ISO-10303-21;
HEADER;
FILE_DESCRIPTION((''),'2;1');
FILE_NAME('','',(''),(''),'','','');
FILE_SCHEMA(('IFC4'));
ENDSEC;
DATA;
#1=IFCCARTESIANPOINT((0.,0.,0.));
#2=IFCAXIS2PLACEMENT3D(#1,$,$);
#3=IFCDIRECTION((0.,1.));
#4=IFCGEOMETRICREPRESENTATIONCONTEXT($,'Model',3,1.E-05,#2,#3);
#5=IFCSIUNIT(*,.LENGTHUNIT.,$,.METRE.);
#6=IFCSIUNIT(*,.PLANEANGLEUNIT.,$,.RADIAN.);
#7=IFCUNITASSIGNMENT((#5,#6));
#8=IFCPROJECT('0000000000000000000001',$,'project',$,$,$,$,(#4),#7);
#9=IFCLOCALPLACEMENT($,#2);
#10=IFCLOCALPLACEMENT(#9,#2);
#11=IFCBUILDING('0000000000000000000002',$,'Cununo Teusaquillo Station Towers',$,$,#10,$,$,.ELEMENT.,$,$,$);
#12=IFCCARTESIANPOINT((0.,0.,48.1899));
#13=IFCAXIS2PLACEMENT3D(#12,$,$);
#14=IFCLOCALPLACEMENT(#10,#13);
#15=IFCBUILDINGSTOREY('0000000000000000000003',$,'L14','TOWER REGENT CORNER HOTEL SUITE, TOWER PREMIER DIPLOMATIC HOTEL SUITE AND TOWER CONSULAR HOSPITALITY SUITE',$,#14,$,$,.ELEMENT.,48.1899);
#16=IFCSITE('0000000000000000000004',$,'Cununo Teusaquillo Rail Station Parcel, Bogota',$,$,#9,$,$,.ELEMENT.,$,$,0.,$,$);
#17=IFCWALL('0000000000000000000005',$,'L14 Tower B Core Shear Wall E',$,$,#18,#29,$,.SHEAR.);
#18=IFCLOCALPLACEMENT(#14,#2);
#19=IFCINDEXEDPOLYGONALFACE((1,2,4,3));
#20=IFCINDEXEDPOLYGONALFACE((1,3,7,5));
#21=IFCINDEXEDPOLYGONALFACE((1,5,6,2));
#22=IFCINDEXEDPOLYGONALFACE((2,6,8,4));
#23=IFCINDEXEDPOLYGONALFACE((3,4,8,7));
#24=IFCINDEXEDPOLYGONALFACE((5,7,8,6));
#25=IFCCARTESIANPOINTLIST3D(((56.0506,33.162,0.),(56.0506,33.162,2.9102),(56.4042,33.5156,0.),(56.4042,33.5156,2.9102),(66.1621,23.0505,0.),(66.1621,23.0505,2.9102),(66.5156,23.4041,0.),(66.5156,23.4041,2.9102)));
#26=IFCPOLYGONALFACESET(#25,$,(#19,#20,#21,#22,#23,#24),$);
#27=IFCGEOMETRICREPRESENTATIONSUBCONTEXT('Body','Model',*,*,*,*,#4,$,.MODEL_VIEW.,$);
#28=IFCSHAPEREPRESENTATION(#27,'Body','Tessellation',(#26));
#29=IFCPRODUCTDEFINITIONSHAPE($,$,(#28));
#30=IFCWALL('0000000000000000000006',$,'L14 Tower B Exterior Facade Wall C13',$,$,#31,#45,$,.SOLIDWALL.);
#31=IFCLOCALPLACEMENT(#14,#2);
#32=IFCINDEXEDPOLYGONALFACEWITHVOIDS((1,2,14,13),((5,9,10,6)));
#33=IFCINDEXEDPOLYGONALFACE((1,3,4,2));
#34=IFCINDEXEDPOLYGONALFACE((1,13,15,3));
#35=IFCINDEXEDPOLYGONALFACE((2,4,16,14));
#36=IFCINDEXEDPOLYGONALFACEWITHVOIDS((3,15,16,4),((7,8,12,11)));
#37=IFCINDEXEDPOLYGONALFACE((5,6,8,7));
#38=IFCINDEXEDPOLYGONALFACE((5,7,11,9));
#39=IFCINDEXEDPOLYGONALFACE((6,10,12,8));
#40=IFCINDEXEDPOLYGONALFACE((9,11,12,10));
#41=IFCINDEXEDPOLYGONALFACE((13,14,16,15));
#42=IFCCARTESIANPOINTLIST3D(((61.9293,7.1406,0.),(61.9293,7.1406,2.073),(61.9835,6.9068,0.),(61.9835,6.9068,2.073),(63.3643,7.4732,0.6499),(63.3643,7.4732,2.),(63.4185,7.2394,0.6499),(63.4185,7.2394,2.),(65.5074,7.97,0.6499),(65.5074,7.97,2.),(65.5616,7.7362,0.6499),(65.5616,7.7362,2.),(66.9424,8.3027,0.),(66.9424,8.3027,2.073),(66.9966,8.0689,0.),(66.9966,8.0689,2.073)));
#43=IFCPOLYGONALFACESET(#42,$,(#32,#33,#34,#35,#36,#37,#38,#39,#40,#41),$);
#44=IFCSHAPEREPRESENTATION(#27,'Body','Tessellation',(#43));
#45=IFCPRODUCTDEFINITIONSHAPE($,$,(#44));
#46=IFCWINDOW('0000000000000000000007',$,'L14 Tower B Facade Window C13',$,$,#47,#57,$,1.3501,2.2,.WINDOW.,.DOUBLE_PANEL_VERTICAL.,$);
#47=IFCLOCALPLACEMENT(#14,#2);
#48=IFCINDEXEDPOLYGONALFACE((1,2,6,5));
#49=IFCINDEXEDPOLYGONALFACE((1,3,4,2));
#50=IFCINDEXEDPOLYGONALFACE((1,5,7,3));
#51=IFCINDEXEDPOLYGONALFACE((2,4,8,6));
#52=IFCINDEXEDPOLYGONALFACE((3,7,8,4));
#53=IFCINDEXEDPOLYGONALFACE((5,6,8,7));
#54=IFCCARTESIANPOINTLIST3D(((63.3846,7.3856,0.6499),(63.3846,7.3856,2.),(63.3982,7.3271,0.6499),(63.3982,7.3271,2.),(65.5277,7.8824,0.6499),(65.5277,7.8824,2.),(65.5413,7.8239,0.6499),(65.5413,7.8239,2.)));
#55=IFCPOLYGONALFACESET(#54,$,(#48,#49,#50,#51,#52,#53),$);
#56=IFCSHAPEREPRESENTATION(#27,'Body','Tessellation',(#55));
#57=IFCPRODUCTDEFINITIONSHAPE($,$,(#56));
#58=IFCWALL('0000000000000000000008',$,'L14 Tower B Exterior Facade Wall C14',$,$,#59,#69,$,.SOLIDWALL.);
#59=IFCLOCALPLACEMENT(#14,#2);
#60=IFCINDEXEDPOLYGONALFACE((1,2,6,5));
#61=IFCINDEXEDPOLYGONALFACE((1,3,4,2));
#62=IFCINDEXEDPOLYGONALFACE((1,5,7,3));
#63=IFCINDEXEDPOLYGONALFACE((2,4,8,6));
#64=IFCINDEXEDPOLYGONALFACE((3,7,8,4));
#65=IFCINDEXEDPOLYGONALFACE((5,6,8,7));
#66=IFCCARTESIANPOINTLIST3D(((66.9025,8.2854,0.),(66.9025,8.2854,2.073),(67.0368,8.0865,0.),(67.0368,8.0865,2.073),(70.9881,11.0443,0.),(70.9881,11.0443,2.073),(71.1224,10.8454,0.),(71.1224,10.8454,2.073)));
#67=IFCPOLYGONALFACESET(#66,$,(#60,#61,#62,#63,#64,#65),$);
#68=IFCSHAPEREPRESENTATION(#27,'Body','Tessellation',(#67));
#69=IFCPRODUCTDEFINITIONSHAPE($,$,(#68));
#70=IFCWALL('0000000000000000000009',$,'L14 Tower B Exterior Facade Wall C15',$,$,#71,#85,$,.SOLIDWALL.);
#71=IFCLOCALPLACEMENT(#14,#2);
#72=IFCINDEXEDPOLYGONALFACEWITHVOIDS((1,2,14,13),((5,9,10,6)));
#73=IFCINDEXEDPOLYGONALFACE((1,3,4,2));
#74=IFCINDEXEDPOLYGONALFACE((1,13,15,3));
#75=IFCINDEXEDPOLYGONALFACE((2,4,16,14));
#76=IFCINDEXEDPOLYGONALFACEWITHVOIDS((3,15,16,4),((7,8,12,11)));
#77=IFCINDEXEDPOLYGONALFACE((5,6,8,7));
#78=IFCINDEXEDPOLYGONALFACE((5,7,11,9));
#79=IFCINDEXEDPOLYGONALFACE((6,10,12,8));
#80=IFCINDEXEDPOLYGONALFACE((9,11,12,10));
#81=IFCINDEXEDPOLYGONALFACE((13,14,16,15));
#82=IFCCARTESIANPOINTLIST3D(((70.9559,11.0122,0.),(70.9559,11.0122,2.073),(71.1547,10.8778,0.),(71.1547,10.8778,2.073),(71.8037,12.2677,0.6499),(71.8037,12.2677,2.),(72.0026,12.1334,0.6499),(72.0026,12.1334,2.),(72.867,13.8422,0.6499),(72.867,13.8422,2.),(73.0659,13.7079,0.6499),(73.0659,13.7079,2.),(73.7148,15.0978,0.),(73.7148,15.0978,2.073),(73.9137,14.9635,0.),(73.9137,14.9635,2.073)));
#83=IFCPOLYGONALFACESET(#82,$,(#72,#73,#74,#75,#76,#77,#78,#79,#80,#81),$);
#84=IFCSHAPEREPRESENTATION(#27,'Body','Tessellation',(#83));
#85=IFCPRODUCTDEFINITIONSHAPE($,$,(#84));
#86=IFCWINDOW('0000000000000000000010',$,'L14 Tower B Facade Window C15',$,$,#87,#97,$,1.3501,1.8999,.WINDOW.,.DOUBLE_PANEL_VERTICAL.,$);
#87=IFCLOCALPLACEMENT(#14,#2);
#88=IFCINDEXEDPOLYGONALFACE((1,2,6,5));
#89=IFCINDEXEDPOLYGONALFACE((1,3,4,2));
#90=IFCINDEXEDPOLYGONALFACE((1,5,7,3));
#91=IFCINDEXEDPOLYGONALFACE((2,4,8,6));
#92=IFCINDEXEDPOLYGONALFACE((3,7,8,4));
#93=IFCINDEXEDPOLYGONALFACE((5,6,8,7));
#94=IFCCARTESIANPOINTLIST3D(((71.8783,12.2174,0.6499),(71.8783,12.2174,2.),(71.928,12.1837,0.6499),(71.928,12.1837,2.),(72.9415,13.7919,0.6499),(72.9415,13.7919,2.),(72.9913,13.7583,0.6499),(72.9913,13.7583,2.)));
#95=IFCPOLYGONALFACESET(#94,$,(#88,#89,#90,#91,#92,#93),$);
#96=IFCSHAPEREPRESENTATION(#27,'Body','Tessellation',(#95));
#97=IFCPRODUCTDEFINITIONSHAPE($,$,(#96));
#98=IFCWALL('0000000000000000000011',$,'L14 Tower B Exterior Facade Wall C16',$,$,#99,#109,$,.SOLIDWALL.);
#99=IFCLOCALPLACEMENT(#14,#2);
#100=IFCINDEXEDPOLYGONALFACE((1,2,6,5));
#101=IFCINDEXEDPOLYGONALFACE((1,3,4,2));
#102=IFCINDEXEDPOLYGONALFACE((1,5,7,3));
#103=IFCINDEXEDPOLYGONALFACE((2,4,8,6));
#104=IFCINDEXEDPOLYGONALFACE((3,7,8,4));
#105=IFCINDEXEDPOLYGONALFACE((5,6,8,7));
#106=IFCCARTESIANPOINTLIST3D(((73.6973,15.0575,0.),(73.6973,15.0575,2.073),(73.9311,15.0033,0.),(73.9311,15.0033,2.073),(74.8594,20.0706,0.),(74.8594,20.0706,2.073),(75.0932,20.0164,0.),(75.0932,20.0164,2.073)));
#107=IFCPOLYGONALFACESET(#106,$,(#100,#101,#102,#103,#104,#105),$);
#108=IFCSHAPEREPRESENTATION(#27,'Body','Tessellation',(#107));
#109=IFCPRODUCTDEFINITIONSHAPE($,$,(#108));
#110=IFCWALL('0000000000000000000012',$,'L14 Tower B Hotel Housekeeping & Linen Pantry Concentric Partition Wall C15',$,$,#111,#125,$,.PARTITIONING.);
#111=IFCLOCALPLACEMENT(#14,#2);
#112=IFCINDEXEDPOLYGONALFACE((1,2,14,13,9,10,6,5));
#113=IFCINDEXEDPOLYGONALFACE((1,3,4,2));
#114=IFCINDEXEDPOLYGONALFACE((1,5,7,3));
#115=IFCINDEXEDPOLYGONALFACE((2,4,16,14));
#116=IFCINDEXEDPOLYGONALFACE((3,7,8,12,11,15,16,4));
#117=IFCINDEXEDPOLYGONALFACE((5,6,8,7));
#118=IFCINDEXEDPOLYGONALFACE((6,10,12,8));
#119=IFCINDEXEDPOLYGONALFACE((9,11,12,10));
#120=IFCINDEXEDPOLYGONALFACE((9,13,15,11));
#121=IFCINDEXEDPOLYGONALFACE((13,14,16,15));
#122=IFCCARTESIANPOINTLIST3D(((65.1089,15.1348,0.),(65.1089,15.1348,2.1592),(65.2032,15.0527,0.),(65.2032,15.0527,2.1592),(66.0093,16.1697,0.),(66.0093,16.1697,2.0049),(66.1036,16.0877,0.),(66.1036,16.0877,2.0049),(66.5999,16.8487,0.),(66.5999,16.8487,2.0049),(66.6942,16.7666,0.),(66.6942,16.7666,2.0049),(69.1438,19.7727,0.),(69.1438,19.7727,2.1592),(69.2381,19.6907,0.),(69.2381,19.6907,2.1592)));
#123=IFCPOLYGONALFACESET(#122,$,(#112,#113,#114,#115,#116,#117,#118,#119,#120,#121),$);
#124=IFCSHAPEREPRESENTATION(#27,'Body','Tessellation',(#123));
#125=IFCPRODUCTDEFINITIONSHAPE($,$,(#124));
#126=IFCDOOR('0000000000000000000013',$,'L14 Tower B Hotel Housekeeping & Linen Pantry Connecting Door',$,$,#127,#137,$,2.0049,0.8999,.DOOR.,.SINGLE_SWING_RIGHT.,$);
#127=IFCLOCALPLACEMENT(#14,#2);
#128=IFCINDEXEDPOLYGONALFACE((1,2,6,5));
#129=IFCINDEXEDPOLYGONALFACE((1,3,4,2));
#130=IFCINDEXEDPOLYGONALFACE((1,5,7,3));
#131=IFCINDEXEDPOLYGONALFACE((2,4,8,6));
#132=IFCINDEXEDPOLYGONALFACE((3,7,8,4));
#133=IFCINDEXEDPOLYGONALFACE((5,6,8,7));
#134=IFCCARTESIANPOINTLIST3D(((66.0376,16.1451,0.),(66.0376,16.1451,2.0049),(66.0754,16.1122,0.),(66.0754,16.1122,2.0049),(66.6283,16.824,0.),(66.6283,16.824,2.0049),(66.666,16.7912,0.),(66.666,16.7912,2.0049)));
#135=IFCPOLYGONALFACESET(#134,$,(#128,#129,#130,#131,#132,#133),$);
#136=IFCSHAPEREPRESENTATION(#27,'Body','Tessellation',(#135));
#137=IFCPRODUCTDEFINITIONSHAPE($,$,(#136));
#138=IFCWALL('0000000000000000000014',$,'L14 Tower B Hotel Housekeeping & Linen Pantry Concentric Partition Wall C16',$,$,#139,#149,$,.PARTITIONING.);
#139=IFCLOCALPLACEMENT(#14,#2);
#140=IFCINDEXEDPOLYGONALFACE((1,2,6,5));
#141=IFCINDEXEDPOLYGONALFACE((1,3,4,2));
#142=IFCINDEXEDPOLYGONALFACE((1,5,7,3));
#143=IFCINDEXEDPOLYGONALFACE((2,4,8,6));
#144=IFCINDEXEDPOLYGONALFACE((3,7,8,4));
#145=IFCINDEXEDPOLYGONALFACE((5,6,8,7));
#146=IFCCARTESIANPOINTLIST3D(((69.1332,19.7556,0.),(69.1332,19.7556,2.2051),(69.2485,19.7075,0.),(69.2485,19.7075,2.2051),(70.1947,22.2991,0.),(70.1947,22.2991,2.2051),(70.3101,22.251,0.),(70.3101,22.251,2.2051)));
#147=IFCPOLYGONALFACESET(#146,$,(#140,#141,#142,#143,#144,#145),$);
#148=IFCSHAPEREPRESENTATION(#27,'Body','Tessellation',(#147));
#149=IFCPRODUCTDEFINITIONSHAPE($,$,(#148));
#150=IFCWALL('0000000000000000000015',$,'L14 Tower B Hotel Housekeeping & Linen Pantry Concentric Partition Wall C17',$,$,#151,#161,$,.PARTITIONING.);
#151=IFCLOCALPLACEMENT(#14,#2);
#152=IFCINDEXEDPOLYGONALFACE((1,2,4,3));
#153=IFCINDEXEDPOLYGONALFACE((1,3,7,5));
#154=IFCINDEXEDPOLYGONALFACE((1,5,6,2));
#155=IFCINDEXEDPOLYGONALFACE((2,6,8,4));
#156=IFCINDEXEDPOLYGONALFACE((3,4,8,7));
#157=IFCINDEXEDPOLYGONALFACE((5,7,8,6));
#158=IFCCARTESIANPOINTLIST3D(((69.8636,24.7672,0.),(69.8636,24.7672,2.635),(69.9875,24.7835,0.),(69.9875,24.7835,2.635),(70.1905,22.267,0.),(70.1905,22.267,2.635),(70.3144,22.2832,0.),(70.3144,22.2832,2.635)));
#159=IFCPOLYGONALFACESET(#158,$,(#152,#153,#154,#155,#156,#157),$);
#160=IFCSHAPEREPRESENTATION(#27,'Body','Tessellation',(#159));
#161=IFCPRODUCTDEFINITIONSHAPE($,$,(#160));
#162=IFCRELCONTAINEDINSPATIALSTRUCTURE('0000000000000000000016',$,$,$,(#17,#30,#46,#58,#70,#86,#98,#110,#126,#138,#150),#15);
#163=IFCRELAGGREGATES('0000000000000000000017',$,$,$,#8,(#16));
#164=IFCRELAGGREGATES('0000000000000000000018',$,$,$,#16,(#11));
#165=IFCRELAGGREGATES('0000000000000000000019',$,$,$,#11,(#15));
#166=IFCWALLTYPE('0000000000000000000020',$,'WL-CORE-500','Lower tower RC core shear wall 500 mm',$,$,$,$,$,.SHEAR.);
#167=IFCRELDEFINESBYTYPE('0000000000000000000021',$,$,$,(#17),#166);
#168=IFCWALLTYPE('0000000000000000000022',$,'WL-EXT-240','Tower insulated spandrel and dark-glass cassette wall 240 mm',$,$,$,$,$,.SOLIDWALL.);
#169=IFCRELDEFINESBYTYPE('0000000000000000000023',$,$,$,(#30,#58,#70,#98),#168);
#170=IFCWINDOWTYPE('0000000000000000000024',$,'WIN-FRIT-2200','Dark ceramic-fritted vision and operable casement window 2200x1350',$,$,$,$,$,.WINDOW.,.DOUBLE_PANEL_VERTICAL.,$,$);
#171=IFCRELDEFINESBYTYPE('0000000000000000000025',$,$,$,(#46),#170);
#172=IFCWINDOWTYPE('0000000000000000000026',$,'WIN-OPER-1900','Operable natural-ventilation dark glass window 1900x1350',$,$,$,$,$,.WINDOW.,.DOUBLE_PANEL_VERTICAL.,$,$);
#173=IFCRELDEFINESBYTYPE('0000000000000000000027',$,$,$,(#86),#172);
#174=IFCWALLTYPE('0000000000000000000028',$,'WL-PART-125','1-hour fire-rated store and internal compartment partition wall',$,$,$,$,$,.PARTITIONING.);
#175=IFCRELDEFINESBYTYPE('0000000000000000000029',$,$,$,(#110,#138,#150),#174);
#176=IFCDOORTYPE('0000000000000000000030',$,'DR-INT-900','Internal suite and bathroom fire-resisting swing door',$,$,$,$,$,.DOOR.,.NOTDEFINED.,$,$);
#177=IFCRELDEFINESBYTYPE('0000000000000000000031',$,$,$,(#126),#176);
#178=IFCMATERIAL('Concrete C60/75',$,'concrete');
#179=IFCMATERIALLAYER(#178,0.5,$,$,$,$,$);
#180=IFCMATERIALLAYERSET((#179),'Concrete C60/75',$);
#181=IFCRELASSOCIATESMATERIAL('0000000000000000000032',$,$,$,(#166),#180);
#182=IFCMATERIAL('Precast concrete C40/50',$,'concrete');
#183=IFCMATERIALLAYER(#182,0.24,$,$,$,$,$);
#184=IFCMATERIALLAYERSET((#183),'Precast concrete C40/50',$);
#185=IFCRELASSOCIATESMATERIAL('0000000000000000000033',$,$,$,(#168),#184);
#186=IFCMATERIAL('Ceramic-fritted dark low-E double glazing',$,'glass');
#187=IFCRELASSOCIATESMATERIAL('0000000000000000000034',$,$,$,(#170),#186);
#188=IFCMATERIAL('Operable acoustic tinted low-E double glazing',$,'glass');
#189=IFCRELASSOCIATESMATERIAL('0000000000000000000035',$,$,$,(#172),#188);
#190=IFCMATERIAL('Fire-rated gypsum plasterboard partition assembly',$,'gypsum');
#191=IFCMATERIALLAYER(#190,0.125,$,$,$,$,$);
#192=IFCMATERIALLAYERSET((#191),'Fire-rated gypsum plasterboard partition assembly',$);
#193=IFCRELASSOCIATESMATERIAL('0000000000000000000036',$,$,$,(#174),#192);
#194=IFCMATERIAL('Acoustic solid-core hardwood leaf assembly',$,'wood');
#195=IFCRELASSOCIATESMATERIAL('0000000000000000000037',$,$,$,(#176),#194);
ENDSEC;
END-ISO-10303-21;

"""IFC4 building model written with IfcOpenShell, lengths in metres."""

from ifc_helpers import new_model, si_unit, direction, frame, frame_2d, origin, place, context, subcontext, project, spatial, rectangle, extrude, source, transform, mapped, material, layer, layer_set, type_object, element, fill, save


model = new_model("IFC4")

# Units and contexts
model_context = context("Model", 3, precision=1e-05, world=origin(), true_north=direction((0.0, 1.0)))
body_context = subcontext(model_context, "Body", "Model", "MODEL_VIEW")
ifc_project = project(units=[si_unit("LENGTHUNIT", "METRE"), si_unit("PLANEANGLEUNIT", "RADIAN")], contexts=[model_context])

# Site, building, storey
site_placement = place(None, origin())
site = spatial("IfcSite", under=ifc_project, at=site_placement, Name="Cununo Teusaquillo Rail Station Parcel, Bogota", CompositionType="ELEMENT", RefElevation=0.0)
building_placement = place(site_placement, origin())
building = spatial("IfcBuilding", under=site, at=building_placement, Name="Cununo Teusaquillo Station Towers", CompositionType="ELEMENT")
storey_placement = place(building_placement, frame((0.0, 0.0, 48.1899)))
storey = spatial("IfcBuildingStorey", under=building, at=storey_placement, Name="L14", Description="TOWER REGENT CORNER HOTEL SUITE, TOWER PREMIER DIPLOMATIC HOTEL SUITE AND TOWER CONSULAR HOSPITALITY SUITE", CompositionType="ELEMENT", Elevation=48.1899)

# Wall
ifc_material_1 = material(Name="Concrete C60/75", Category="concrete")
ifc_layer_1 = layer(ifc_material_1, 0.5)
ifc_layer_set_1 = layer_set([ifc_layer_1], Name="Concrete C60/75")
wall_type_1 = type_object("IfcWallType", Name="WL-CORE-500", Description="Lower tower RC core shear wall 500 mm", PredefinedType="SHEAR", material=ifc_layer_set_1)
wall_1_placement = place(storey_placement, frame((66.3389, 23.2273, 0.0), z_axis=(0.0, 0.0, 1.0), x_axis=(-0.707107, 0.707107, 0.0)))
element("IfcWall", 1, at=wall_1_placement, inside=storey, type_object=wall_type_1, Name="L14 Tower B Core Shear Wall E", PredefinedType="SHEAR", context=body_context, shape_type="SweptSolid", body=[
    extrude(rectangle(XDim=14.2998, YDim=0.5, at=frame_2d((7.1499, 0.0))), origin(), (0.0, 0.0, 1.0), 2.9102),
])

# Wall, opening, window
ifc_material_2 = material(Name="Precast concrete C40/50", Category="concrete")
ifc_layer_2 = layer(ifc_material_2, 0.24)
ifc_layer_set_2 = layer_set([ifc_layer_2], Name="Precast concrete C40/50")
wall_type_2 = type_object("IfcWallType", Name="WL-EXT-240", Description="Tower insulated spandrel and dark-glass cassette wall 240 mm", PredefinedType="SOLIDWALL", material=ifc_layer_set_2)
wall_2_placement = place(storey_placement, frame((66.9695, 8.1858, 0.0), z_axis=(0.0, 0.0, 1.0), x_axis=(-0.974166, -0.225833, 0.0)))
wall_2 = element("IfcWall", 2, at=wall_2_placement, inside=storey, type_object=wall_type_2, Name="L14 Tower B Exterior Facade Wall C13", PredefinedType="SOLIDWALL", context=body_context, shape_type="SweptSolid", body=[
    extrude(rectangle(XDim=5.146, YDim=0.24, at=frame_2d((2.573, 0.0))), origin(), (0.0, 0.0, 1.0), 2.073),
])
shared_shape_1 = source(origin(), body_context, "Body", "SweptSolid", [
    extrude(rectangle(XDim=2.2, YDim=1.3501, at=frame_2d((1.1001, 0.675))), frame((0.0, 0.1299, 0.0), z_axis=(0.0, -1.0, 0.0), x_axis=(1.0, 0.0, 0.0)), (0.0, 0.0, 1.0), 0.26),
])
opening_1_placement = place(wall_2_placement, frame((1.4729, 0.0, 0.6499)))
opening_1 = element("IfcOpeningElement", 3, at=opening_1_placement, cuts=wall_2, PredefinedType="OPENING", context=body_context, shape_type="MappedRepresentation", body=[
    mapped(shared_shape_1, transform((0.0, 0.0, 0.0), x_axis=(1.0, 0.0, 0.0), y_axis=(0.0, 1.0, 0.0), z_axis=(0.0, 0.0, 1.0), scale=1.0)),
])
ifc_material_3 = material(Name="Ceramic-fritted dark low-E double glazing", Category="glass")
window_type_1 = type_object("IfcWindowType", Name="WIN-FRIT-2200", Description="Dark ceramic-fritted vision and operable casement window 2200x1350", PartitioningType="DOUBLE_PANEL_VERTICAL", PredefinedType="WINDOW", material=ifc_material_3)
shared_shape_2 = source(origin(), body_context, "Body", "SweptSolid", [
    extrude(rectangle(XDim=2.2, YDim=1.3501, at=frame_2d((1.1001, 0.675))), frame((0.0, 0.03, 0.0), z_axis=(0.0, -1.0, 0.0), x_axis=(1.0, 0.0, 0.0)), (0.0, 0.0, 1.0), 0.0601),
])
window_1_placement = place(opening_1_placement, origin())
window_1 = element("IfcWindow", 4, at=window_1_placement, inside=storey, type_object=window_type_1, Name="L14 Tower B Facade Window C13", OverallHeight=1.3501, OverallWidth=2.2, PartitioningType="DOUBLE_PANEL_VERTICAL", PredefinedType="WINDOW", context=body_context, shape_type="MappedRepresentation", body=[
    mapped(shared_shape_2, transform((0.0, 0.0, 0.0), x_axis=(1.0, 0.0, 0.0), y_axis=(0.0, 1.0, 0.0), z_axis=(0.0, 0.0, 1.0), scale=1.0)),
])
fill(opening_1, window_1)

# Wall
wall_3_placement = place(storey_placement, frame((71.0552, 10.9448, 0.0), z_axis=(0.0, 0.0, 1.0), x_axis=(-0.828737, -0.559639, 0.0)))
element("IfcWall", 5, at=wall_3_placement, inside=storey, type_object=wall_type_2, Name="L14 Tower B Exterior Facade Wall C14", PredefinedType="SOLIDWALL", context=body_context, shape_type="SweptSolid", body=[
    extrude(rectangle(XDim=4.9299, YDim=0.24, at=frame_2d((2.4648, 0.0))), origin(), (0.0, 0.0, 1.0), 2.073),
])

# Wall, opening, window
wall_4_placement = place(storey_placement, frame((73.8142, 15.0305, 0.0), z_axis=(0.0, 0.0, 1.0), x_axis=(-0.559639, -0.828737, 0.0)))
wall_4 = element("IfcWall", 6, at=wall_4_placement, inside=storey, type_object=wall_type_2, Name="L14 Tower B Exterior Facade Wall C15", PredefinedType="SOLIDWALL", context=body_context, shape_type="SweptSolid", body=[
    extrude(rectangle(XDim=4.9299, YDim=0.24, at=frame_2d((2.4648, 0.0))), origin(), (0.0, 0.0, 1.0), 2.073),
])
shared_shape_3 = source(origin(), body_context, "Body", "SweptSolid", [
    extrude(rectangle(XDim=1.8999, YDim=1.3501, at=frame_2d((0.95, 0.675))), frame((0.0, 0.1299, 0.0), z_axis=(0.0, -1.0, 0.0), x_axis=(1.0, 0.0, 0.0)), (0.0, 0.0, 1.0), 0.26),
])
opening_2_placement = place(wall_4_placement, frame((1.5149, 0.0, 0.6499)))
opening_2 = element("IfcOpeningElement", 7, at=opening_2_placement, cuts=wall_4, PredefinedType="OPENING", context=body_context, shape_type="MappedRepresentation", body=[
    mapped(shared_shape_3, transform((0.0, 0.0, 0.0), x_axis=(1.0, 0.0, 0.0), y_axis=(0.0, 1.0, 0.0), z_axis=(0.0, 0.0, 1.0), scale=1.0)),
])
ifc_material_4 = material(Name="Operable acoustic tinted low-E double glazing", Category="glass")
window_type_2 = type_object("IfcWindowType", Name="WIN-OPER-1900", Description="Operable natural-ventilation dark glass window 1900x1350", PartitioningType="DOUBLE_PANEL_VERTICAL", PredefinedType="WINDOW", material=ifc_material_4)
shared_shape_4 = source(origin(), body_context, "Body", "SweptSolid", [
    extrude(rectangle(XDim=1.8999, YDim=1.3501, at=frame_2d((0.95, 0.675))), frame((0.0, 0.03, 0.0), z_axis=(0.0, -1.0, 0.0), x_axis=(1.0, 0.0, 0.0)), (0.0, 0.0, 1.0), 0.0601),
])
window_2_placement = place(opening_2_placement, origin())
window_2 = element("IfcWindow", 8, at=window_2_placement, inside=storey, type_object=window_type_2, Name="L14 Tower B Facade Window C15", OverallHeight=1.3501, OverallWidth=1.8999, PartitioningType="DOUBLE_PANEL_VERTICAL", PredefinedType="WINDOW", context=body_context, shape_type="MappedRepresentation", body=[
    mapped(shared_shape_4, transform((0.0, 0.0, 0.0), x_axis=(1.0, 0.0, 0.0), y_axis=(0.0, 1.0, 0.0), z_axis=(0.0, 0.0, 1.0), scale=1.0)),
])
fill(opening_2, window_2)

# Wall
wall_5_placement = place(storey_placement, frame((74.9763, 20.0435, 0.0), z_axis=(0.0, 0.0, 1.0), x_axis=(-0.225833, -0.974166, 0.0)))
element("IfcWall", 9, at=wall_5_placement, inside=storey, type_object=wall_type_2, Name="L14 Tower B Exterior Facade Wall C16", PredefinedType="SOLIDWALL", context=body_context, shape_type="SweptSolid", body=[
    extrude(rectangle(XDim=5.146, YDim=0.24, at=frame_2d((2.573, 0.0))), origin(), (0.0, 0.0, 1.0), 2.073),
])

# Wall, opening, door
ifc_material_5 = material(Name="Fire-rated gypsum plasterboard partition assembly", Category="gypsum")
ifc_layer_3 = layer(ifc_material_5, 0.125)
ifc_layer_set_3 = layer_set([ifc_layer_3], Name="Fire-rated gypsum plasterboard partition assembly")
wall_type_3 = type_object("IfcWallType", Name="WL-PART-125", Description="1-hour fire-rated store and internal compartment partition wall", PredefinedType="PARTITIONING", material=ifc_layer_set_3)
wall_6_placement = place(storey_placement, frame((65.156, 15.0938, 0.0), z_axis=(0.0, 0.0, 1.0), x_axis=(0.656357, 0.754451, 0.0)))
wall_6 = element("IfcWall", 10, at=wall_6_placement, inside=storey, type_object=wall_type_3, Name="L14 Tower B Hotel Housekeeping & Linen Pantry Concentric Partition Wall C15", PredefinedType="PARTITIONING", context=body_context, shape_type="SweptSolid", body=[
    extrude(rectangle(XDim=6.1475, YDim=0.125, at=frame_2d((3.0737, 0.0))), origin(), (0.0, 0.0, 1.0), 2.1592),
])
shared_shape_5 = source(origin(), body_context, "Body", "SweptSolid", [
    extrude(rectangle(XDim=0.8999, YDim=2.0049, at=frame_2d((0.45, 1.0024))), frame((0.0, 0.0725, 0.0), z_axis=(0.0, -1.0, 0.0), x_axis=(1.0, 0.0, 0.0)), (0.0, 0.0, 1.0), 0.145),
])
opening_3_placement = place(wall_6_placement, frame((1.3718, 0.0, 0.0)))
opening_3 = element("IfcOpeningElement", 11, at=opening_3_placement, cuts=wall_6, PredefinedType="OPENING", context=body_context, shape_type="MappedRepresentation", body=[
    mapped(shared_shape_5, transform((0.0, 0.0, 0.0), x_axis=(1.0, 0.0, 0.0), y_axis=(0.0, 1.0, 0.0), z_axis=(0.0, 0.0, 1.0), scale=1.0)),
])
ifc_material_6 = material(Name="Acoustic solid-core hardwood leaf assembly", Category="wood")
door_type_1 = type_object("IfcDoorType", Name="DR-INT-900", Description="Internal suite and bathroom fire-resisting swing door", OperationType="NOTDEFINED", PredefinedType="DOOR", material=ifc_material_6)
shared_shape_6 = source(origin(), body_context, "Body", "SweptSolid", [
    extrude(rectangle(XDim=0.8999, YDim=2.0049, at=frame_2d((0.45, 1.0024))), frame((0.0, 0.0249, 0.0), z_axis=(0.0, -1.0, 0.0), x_axis=(1.0, 0.0, 0.0)), (0.0, 0.0, 1.0), 0.05),
])
door_1_placement = place(opening_3_placement, origin())
door_1 = element("IfcDoor", 12, at=door_1_placement, inside=storey, type_object=door_type_1, Name="L14 Tower B Hotel Housekeeping & Linen Pantry Connecting Door", OperationType="SINGLE_SWING_RIGHT", OverallHeight=2.0049, OverallWidth=0.8999, PredefinedType="DOOR", context=body_context, shape_type="MappedRepresentation", body=[
    mapped(shared_shape_6, transform((0.0, 0.0, 0.0), x_axis=(1.0, 0.0, 0.0), y_axis=(0.0, 1.0, 0.0), z_axis=(0.0, 0.0, 1.0), scale=1.0)),
])
fill(opening_3, door_1)

# Walls
wall_7_placement = place(storey_placement, frame((69.1909, 19.7317, 0.0), z_axis=(0.0, 0.0, 1.0), x_axis=(0.385156, 0.922851, 0.0)))
element("IfcWall", 13, at=wall_7_placement, inside=storey, type_object=wall_type_3, Name="L14 Tower B Hotel Housekeeping & Linen Pantry Concentric Partition Wall C16", PredefinedType="PARTITIONING", context=body_context, shape_type="SweptSolid", body=[
    extrude(rectangle(XDim=2.7561, YDim=0.125, at=frame_2d((1.3779, 0.0))), origin(), (0.0, 0.0, 1.0), 2.2051),
])
wall_8_placement = place(storey_placement, frame((70.2524, 22.2751, 0.0), z_axis=(0.0, 0.0, 1.0), x_axis=(-0.129645, 0.99156, 0.0)))
element("IfcWall", 14, at=wall_8_placement, inside=storey, type_object=wall_type_3, Name="L14 Tower B Hotel Housekeeping & Linen Pantry Concentric Partition Wall C17", PredefinedType="PARTITIONING", context=body_context, shape_type="SweptSolid", body=[
    extrude(rectangle(XDim=2.5215, YDim=0.125, at=frame_2d((1.2607, 0.0))), origin(), (0.0, 0.0, 1.0), 2.635),
])

save(model, "model.ifc")
